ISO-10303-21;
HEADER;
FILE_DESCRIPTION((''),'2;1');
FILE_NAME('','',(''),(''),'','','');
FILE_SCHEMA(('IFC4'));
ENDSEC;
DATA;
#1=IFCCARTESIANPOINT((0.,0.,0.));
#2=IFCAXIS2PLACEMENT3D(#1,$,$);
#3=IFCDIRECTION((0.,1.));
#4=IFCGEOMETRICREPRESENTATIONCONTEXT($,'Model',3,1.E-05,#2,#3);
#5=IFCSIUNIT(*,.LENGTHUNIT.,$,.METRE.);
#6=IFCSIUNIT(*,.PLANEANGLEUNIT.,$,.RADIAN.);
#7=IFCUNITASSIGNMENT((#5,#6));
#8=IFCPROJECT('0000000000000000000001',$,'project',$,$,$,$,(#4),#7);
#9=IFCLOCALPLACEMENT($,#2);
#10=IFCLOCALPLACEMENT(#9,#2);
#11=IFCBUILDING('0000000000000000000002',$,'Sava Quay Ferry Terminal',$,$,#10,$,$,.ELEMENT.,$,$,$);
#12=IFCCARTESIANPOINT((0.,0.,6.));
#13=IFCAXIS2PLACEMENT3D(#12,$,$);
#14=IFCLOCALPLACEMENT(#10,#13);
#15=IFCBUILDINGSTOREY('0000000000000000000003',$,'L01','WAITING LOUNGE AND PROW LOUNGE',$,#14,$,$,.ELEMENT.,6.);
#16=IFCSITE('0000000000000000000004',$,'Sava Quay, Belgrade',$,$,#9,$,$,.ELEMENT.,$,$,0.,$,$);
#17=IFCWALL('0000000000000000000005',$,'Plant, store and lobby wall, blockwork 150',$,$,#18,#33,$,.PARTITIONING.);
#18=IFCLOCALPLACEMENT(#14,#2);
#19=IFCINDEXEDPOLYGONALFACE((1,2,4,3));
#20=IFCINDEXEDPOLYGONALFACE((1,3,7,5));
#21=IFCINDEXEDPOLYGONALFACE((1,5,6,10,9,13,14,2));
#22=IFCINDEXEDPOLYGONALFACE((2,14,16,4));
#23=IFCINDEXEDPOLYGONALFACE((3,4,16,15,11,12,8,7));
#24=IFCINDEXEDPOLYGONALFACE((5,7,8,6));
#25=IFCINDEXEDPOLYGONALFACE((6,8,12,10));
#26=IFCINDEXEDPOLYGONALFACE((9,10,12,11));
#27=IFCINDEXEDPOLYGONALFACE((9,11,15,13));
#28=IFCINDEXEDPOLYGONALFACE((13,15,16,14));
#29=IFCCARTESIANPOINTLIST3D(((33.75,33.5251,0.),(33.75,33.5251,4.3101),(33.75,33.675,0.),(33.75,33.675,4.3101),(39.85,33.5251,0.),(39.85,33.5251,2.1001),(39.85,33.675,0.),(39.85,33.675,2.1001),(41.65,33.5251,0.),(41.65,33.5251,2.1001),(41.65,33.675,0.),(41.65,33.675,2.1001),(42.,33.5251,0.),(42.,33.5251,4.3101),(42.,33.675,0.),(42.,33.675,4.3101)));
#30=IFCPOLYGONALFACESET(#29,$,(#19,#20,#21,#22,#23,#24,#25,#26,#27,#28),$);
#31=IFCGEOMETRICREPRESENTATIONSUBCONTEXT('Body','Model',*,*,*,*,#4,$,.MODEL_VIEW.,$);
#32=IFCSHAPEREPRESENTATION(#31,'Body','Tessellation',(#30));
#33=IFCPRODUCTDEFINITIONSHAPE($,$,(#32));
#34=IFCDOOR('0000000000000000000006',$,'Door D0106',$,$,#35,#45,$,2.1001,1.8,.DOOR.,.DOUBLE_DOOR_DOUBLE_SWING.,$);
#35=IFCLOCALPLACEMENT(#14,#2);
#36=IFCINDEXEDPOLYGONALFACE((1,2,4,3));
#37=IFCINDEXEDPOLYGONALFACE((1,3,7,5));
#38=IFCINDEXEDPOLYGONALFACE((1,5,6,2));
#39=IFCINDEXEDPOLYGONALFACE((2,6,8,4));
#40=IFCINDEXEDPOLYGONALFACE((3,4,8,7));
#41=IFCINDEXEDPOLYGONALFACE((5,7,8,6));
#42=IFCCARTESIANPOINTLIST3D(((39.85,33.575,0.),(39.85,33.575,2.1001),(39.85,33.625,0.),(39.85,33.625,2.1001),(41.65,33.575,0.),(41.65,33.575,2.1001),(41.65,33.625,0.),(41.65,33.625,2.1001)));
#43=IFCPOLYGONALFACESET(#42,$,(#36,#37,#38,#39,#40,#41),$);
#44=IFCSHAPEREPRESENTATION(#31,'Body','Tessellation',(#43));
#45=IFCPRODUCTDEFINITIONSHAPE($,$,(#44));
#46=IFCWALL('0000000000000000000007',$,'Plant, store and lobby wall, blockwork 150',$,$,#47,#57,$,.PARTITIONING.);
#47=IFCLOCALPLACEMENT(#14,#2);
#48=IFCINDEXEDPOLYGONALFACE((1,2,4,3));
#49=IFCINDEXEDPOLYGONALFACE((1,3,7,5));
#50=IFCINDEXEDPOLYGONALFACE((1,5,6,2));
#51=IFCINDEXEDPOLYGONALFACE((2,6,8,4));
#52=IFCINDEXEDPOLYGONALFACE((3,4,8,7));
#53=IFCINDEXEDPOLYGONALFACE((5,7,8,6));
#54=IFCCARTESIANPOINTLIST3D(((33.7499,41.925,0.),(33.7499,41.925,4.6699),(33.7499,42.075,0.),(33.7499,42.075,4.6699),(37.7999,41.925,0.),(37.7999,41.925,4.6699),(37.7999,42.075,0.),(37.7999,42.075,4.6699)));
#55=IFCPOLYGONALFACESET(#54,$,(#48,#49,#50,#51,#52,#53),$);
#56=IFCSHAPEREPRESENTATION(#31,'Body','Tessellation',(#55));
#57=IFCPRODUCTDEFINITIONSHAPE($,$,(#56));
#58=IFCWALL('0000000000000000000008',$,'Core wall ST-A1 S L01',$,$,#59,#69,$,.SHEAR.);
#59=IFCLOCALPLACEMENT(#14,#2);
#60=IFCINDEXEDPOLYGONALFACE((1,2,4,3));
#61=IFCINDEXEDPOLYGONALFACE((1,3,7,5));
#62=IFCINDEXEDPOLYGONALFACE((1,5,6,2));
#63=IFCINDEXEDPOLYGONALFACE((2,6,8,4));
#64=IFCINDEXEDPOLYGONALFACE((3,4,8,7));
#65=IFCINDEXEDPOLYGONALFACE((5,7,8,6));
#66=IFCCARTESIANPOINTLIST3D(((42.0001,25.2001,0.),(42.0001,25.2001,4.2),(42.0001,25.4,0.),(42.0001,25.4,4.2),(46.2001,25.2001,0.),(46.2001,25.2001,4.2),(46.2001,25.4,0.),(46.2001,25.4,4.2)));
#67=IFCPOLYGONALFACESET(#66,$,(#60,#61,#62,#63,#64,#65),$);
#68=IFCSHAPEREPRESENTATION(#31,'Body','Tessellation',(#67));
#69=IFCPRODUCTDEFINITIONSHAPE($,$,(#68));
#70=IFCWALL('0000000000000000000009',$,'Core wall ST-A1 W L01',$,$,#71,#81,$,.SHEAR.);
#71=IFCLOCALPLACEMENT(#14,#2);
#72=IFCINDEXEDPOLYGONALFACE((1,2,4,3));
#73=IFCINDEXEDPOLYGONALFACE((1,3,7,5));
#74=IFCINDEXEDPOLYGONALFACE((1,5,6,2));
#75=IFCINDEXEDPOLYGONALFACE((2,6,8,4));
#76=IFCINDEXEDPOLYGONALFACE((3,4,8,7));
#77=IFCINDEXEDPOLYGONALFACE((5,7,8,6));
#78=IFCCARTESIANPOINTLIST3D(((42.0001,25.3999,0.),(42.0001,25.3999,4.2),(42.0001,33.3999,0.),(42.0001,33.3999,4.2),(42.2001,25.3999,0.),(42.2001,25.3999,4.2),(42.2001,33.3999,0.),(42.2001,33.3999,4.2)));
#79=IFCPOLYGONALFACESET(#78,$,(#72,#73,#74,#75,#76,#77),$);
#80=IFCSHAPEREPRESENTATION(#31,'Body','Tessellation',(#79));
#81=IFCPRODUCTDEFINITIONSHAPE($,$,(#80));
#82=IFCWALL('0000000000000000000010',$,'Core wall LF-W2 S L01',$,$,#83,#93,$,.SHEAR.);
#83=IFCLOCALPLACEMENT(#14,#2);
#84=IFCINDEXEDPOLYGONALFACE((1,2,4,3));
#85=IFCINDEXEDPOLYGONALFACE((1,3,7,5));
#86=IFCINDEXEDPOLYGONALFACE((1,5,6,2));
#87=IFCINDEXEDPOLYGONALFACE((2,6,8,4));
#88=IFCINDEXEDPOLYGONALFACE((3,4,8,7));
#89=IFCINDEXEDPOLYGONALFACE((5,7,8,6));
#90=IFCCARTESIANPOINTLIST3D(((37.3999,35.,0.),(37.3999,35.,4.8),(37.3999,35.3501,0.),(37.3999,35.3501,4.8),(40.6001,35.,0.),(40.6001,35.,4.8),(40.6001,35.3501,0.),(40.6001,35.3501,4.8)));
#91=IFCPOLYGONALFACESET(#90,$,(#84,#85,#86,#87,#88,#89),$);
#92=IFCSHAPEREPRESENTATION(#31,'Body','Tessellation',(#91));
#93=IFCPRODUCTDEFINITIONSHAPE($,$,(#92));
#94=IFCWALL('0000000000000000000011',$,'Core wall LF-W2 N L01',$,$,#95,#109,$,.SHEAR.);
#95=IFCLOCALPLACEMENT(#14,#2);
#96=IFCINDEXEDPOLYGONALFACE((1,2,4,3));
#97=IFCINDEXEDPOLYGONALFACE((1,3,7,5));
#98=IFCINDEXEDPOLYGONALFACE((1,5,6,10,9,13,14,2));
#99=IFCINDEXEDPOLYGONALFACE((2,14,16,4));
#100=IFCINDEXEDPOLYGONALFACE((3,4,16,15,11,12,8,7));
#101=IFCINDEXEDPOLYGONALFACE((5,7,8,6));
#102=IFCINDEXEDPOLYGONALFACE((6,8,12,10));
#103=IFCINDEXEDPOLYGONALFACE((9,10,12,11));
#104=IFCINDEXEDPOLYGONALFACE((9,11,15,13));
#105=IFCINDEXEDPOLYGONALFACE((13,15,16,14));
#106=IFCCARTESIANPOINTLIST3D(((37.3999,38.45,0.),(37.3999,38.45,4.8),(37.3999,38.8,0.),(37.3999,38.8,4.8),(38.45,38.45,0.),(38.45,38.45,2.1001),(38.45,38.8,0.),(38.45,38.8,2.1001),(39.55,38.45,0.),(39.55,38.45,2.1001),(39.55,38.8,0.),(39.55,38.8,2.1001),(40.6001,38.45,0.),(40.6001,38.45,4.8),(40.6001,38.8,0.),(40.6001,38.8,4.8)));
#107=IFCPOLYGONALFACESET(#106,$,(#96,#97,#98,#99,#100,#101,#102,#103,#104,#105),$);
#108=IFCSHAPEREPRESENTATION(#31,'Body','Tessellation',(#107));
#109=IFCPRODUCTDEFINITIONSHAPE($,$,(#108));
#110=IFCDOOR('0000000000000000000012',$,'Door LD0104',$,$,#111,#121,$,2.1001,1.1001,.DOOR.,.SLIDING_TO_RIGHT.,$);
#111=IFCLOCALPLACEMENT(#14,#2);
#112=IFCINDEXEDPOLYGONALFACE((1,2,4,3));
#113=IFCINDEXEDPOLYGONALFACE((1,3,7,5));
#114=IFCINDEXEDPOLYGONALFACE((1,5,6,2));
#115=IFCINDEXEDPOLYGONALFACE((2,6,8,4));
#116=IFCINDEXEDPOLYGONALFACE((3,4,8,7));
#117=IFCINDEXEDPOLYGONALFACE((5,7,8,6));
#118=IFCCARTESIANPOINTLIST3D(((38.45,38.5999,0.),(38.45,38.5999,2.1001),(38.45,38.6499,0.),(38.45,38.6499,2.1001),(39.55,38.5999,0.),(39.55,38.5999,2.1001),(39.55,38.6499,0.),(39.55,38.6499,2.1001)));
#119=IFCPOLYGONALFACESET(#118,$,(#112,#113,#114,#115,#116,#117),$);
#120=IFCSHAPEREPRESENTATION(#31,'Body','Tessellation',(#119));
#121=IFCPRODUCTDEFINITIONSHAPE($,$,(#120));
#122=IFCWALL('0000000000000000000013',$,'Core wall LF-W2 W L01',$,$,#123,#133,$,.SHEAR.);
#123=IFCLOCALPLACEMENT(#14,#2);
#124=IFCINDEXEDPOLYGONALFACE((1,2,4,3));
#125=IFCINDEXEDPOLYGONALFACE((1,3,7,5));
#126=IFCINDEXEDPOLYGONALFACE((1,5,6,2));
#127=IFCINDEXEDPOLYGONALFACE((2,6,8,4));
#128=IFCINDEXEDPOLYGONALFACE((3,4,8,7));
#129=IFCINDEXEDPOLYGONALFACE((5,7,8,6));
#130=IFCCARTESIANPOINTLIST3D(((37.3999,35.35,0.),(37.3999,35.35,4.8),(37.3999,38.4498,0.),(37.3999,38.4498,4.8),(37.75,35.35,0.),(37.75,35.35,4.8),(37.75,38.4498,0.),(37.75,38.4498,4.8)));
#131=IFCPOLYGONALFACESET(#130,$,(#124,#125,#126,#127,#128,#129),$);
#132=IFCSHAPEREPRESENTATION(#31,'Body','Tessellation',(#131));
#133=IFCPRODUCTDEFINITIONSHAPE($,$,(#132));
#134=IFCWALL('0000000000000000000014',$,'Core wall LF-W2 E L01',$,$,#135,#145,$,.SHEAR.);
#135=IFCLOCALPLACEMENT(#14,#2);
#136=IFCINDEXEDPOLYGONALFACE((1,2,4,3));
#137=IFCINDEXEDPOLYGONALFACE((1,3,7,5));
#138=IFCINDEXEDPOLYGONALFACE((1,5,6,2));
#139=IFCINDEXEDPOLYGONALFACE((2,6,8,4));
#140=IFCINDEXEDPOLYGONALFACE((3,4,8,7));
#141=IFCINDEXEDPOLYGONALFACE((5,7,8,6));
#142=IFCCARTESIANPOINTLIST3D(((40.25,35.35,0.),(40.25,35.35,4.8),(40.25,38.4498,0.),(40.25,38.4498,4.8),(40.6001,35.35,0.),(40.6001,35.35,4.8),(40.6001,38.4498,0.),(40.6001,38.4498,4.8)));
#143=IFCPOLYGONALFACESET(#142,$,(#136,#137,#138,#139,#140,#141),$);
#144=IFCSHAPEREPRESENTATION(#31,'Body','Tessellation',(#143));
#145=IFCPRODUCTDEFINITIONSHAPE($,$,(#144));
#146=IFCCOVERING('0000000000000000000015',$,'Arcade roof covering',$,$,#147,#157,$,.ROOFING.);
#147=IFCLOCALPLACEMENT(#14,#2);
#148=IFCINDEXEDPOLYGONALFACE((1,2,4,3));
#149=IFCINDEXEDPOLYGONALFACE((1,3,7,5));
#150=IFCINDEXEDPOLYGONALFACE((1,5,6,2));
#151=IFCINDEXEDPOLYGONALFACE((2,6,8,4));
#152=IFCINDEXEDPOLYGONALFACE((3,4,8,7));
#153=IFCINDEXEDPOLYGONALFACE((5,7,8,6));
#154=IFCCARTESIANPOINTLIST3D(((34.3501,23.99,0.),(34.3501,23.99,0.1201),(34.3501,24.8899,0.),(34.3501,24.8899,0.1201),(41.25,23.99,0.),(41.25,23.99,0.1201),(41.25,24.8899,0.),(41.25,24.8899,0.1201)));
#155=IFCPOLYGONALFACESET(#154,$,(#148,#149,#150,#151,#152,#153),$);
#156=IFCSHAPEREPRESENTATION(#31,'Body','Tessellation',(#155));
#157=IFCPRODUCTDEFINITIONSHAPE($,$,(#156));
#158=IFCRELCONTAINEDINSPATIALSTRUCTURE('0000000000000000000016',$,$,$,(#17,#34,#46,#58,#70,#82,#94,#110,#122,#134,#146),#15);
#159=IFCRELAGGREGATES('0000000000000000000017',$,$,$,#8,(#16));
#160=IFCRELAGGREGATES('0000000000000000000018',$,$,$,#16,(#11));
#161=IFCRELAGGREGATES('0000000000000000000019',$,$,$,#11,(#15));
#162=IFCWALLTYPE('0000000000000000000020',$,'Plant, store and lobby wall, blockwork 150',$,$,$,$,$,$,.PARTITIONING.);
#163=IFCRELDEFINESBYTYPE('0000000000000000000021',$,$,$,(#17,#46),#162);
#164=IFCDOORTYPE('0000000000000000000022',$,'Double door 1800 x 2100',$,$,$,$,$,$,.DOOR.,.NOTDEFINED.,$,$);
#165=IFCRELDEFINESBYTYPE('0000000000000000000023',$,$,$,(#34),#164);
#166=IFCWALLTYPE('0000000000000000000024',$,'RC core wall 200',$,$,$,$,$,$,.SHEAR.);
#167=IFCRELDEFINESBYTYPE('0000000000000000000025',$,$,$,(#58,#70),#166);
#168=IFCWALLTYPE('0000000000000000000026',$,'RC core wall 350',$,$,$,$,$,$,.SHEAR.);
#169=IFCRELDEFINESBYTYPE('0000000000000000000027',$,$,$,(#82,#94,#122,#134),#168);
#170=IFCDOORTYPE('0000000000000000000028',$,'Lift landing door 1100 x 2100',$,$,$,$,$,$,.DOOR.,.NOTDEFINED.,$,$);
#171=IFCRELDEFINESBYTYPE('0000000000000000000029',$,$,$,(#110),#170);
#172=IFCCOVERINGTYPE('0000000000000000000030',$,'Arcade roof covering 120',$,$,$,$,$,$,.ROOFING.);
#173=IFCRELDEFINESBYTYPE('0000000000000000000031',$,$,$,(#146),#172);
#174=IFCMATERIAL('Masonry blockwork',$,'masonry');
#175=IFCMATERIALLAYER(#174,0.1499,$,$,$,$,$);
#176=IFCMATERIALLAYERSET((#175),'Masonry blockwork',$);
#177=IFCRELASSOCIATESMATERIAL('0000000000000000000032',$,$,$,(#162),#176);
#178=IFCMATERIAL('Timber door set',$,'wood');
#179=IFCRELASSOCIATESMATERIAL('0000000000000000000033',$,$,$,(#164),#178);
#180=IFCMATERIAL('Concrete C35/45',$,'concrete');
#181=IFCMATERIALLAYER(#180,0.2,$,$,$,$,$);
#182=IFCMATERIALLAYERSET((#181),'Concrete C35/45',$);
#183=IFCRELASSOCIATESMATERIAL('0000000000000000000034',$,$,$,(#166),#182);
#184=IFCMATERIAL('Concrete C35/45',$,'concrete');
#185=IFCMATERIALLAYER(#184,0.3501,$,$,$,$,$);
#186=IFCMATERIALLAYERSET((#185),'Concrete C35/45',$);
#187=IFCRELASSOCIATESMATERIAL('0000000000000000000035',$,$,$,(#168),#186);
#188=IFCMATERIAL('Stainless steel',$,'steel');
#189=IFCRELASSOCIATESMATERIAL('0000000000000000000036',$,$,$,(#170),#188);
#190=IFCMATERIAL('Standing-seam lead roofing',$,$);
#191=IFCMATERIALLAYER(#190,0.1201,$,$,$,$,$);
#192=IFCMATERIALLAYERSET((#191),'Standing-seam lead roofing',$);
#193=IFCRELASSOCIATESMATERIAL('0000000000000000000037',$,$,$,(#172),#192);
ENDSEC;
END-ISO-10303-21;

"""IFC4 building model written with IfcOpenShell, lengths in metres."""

from ifc_helpers import new_model, si_unit, direction, frame, frame_2d, origin, origin_2d, place, context, subcontext, project, spatial, rectangle, extrude, material, layer, layer_set, type_object, element, fill, save


model = new_model("IFC4")

# Units and contexts
model_context = context("Model", 3, precision=1e-05, world=origin(), true_north=direction((0.0, 1.0)))
body_context = subcontext(model_context, "Body", "Model", "MODEL_VIEW")
ifc_project = project(units=[si_unit("LENGTHUNIT", "METRE"), si_unit("PLANEANGLEUNIT", "RADIAN")], contexts=[model_context])

# Site, building, storey
site_placement = place(None, origin())
site = spatial("IfcSite", under=ifc_project, at=site_placement, Name="Sava Quay, Belgrade", CompositionType="ELEMENT", RefElevation=0.0)
building_placement = place(site_placement, origin())
building = spatial("IfcBuilding", under=site, at=building_placement, Name="Sava Quay Ferry Terminal", CompositionType="ELEMENT")
storey_placement = place(building_placement, frame((0.0, 0.0, 6.0)))
storey = spatial("IfcBuildingStorey", under=building, at=storey_placement, Name="L01", Description="WAITING LOUNGE AND PROW LOUNGE", CompositionType="ELEMENT", Elevation=6.0)

# Wall, opening, door
ifc_material_1 = material(Name="Masonry blockwork", Category="masonry")
ifc_layer_1 = layer(ifc_material_1, 0.1499)
ifc_layer_set_1 = layer_set([ifc_layer_1], Name="Masonry blockwork")
wall_type_1 = type_object("IfcWallType", Name="Plant, store and lobby wall, blockwork 150", PredefinedType="PARTITIONING", material=ifc_layer_set_1)
ifc_material_2 = material(Name="Timber door set", Category="wood")
door_type_1 = type_object("IfcDoorType", Name="Double door 1800 x 2100", OperationType="NOTDEFINED", PredefinedType="DOOR", material=ifc_material_2)
wall_1_placement = place(storey_placement, frame((33.75, 33.6001, 0.0), z_axis=(0.0, 0.0, 1.0), x_axis=(1.0, 0.0, 0.0)))
wall_1 = element("IfcWall", 1, at=wall_1_placement, inside=storey, type_object=wall_type_1, Name="Plant, store and lobby wall, blockwork 150", PredefinedType="PARTITIONING", context=body_context, shape_type="SweptSolid", body=[
    extrude(rectangle(XDim=8.25, YDim=0.1499, at=frame_2d((4.125, 0.0))), origin(), (0.0, 0.0, 1.0), 4.3101),
])
opening_1_placement = place(wall_1_placement, frame((6.1001, 0.0, 0.0)))
opening_1 = element("IfcOpeningElement", 2, at=opening_1_placement, cuts=wall_1, PredefinedType="OPENING", context=body_context, shape_type="SweptSolid", body=[
    extrude(rectangle(XDim=1.8, YDim=2.1001, at=frame_2d((0.8999, 1.05))), frame((0.0, 0.075, 0.0), z_axis=(0.0, -1.0, 0.0), x_axis=(1.0, 0.0, 0.0)), (0.0, 0.0, 1.0), 0.1499),
])
door_1_placement = place(opening_1_placement, origin())
door_1 = element("IfcDoor", 3, at=door_1_placement, inside=storey, type_object=door_type_1, Name="Door D0106", OperationType="DOUBLE_DOOR_DOUBLE_SWING", OverallHeight=2.1001, OverallWidth=1.8, PredefinedType="DOOR", context=body_context, shape_type="SweptSolid", body=[
    extrude(rectangle(XDim=1.8, YDim=2.1001, at=frame_2d((0.8999, 1.05))), frame((0.0, 0.0249, 0.0), z_axis=(0.0, -1.0, 0.0), x_axis=(1.0, 0.0, 0.0)), (0.0, 0.0, 1.0), 0.05),
])
fill(opening_1, door_1)

# Walls
wall_2_placement = place(storey_placement, frame((33.75, 42.0, 0.0), z_axis=(0.0, 0.0, 1.0), x_axis=(1.0, 0.0, 0.0)))
element("IfcWall", 4, at=wall_2_placement, inside=storey, type_object=wall_type_1, Name="Plant, store and lobby wall, blockwork 150", PredefinedType="PARTITIONING", context=body_context, shape_type="SweptSolid", body=[
    extrude(rectangle(XDim=4.05, YDim=0.1499, at=frame_2d((2.0249, 0.0))), origin(), (0.0, 0.0, 1.0), 4.6699),
])
ifc_material_3 = material(Name="Concrete C35/45", Category="concrete")
ifc_layer_2 = layer(ifc_material_3, 0.2)
ifc_layer_set_2 = layer_set([ifc_layer_2], Name="Concrete C35/45")
wall_type_2 = type_object("IfcWallType", Name="RC core wall 200", PredefinedType="SHEAR", material=ifc_layer_set_2)
wall_3_placement = place(storey_placement, frame((42.0, 25.3, 0.0), z_axis=(0.0, 0.0, 1.0), x_axis=(1.0, 0.0, 0.0)))
element("IfcWall", 5, at=wall_3_placement, inside=storey, type_object=wall_type_2, Name="Core wall ST-A1 S L01", PredefinedType="SHEAR", context=body_context, shape_type="SweptSolid", body=[
    extrude(rectangle(XDim=4.2, YDim=0.2, at=frame_2d((2.1001, 0.0))), origin(), (0.0, 0.0, 1.0), 4.2),
])

# Walls
wall_4_placement = place(storey_placement, frame((42.1001, 25.3999, 0.0), z_axis=(0.0, 0.0, 1.0), x_axis=(0.0, 1.0, 0.0)))
element("IfcWall", 6, at=wall_4_placement, inside=storey, type_object=wall_type_2, Name="Core wall ST-A1 W L01", PredefinedType="SHEAR", context=body_context, shape_type="SweptSolid", body=[
    extrude(rectangle(XDim=8.0, YDim=0.2, at=frame_2d((4.0, 0.0))), origin(), (0.0, 0.0, 1.0), 4.2),
])
ifc_material_4 = material(Name="Concrete C35/45", Category="concrete")
ifc_layer_3 = layer(ifc_material_4, 0.3501)
ifc_layer_set_3 = layer_set([ifc_layer_3], Name="Concrete C35/45")
wall_type_3 = type_object("IfcWallType", Name="RC core wall 350", PredefinedType="SHEAR", material=ifc_layer_set_3)
wall_5_placement = place(storey_placement, frame((37.3999, 35.175, 0.0), z_axis=(0.0, 0.0, 1.0), x_axis=(1.0, 0.0, 0.0)))
element("IfcWall", 7, at=wall_5_placement, inside=storey, type_object=wall_type_3, Name="Core wall LF-W2 S L01", PredefinedType="SHEAR", context=body_context, shape_type="SweptSolid", body=[
    extrude(rectangle(XDim=3.2002, YDim=0.3501, at=frame_2d((1.6001, 0.0))), origin(), (0.0, 0.0, 1.0), 4.8),
])

# Wall, opening, door
wall_6_placement = place(storey_placement, frame((37.3999, 38.625, 0.0), z_axis=(0.0, 0.0, 1.0), x_axis=(1.0, 0.0, 0.0)))
wall_6 = element("IfcWall", 8, at=wall_6_placement, inside=storey, type_object=wall_type_3, Name="Core wall LF-W2 N L01", PredefinedType="SHEAR", context=body_context, shape_type="SweptSolid", body=[
    extrude(rectangle(XDim=3.2002, YDim=0.3501, at=frame_2d((1.6001, 0.0))), origin(), (0.0, 0.0, 1.0), 4.8),
])
opening_2_placement = place(wall_6_placement, frame((1.05, 0.0, 0.0)))
opening_2 = element("IfcOpeningElement", 9, at=opening_2_placement, cuts=wall_6, PredefinedType="OPENING", context=body_context, shape_type="SweptSolid", body=[
    extrude(rectangle(XDim=1.1001, YDim=2.1001, at=frame_2d((0.55, 1.05))), frame((0.0, 0.175, 0.0), z_axis=(0.0, -1.0, 0.0), x_axis=(1.0, 0.0, 0.0)), (0.0, 0.0, 1.0), 0.3501),
])
ifc_material_5 = material(Name="Stainless steel", Category="steel")
door_type_2 = type_object("IfcDoorType", Name="Lift landing door 1100 x 2100", OperationType="NOTDEFINED", PredefinedType="DOOR", material=ifc_material_5)
door_2_placement = place(opening_2_placement, origin())
door_2 = element("IfcDoor", 10, at=door_2_placement, inside=storey, type_object=door_type_2, Name="Door LD0104", OperationType="SLIDING_TO_RIGHT", OverallHeight=2.1001, OverallWidth=1.1001, PredefinedType="DOOR", context=body_context, shape_type="SweptSolid", body=[
    extrude(rectangle(XDim=1.1001, YDim=2.1001, at=frame_2d((0.55, 1.05))), frame((0.0, 0.0249, 0.0), z_axis=(0.0, -1.0, 0.0), x_axis=(1.0, 0.0, 0.0)), (0.0, 0.0, 1.0), 0.05),
])
fill(opening_2, door_2)

# Walls
for number, where, z_axis, x_axis, name in (
    (11, (37.575, 35.3501, 0.0), (0.0, 0.0, 1.0), (0.0, 1.0, 0.0), "Core wall LF-W2 W L01"),
    (12, (40.425, 35.3501, 0.0), (0.0, 0.0, 1.0), (0.0, 1.0, 0.0), "Core wall LF-W2 E L01"),
):
    element("IfcWall", number, at=place(storey_placement, frame(where, z_axis=z_axis, x_axis=x_axis)), inside=storey, type_object=wall_type_3, Name=name, PredefinedType="SHEAR", context=body_context, shape_type="SweptSolid", body=[
        extrude(rectangle(XDim=3.0999, YDim=0.3501, at=frame_2d((1.5498, 0.0))), origin(), (0.0, 0.0, 1.0), 4.8),
    ])

# Covering
ifc_material_6 = material(Name="Standing-seam lead roofing")
ifc_layer_4 = layer(ifc_material_6, 0.1201)
ifc_layer_set_4 = layer_set([ifc_layer_4], Name="Standing-seam lead roofing")
covering_type = type_object("IfcCoveringType", Name="Arcade roof covering 120", PredefinedType="ROOFING", material=ifc_layer_set_4)
covering_placement = place(storey_placement, frame((37.8, 24.4399, 0.0), z_axis=(0.0, 0.0, 1.0), x_axis=(1.0, 0.0, 0.0)))
element("IfcCovering", 13, at=covering_placement, inside=storey, type_object=covering_type, Name="Arcade roof covering", PredefinedType="ROOFING", context=body_context, shape_type="SweptSolid", body=[
    extrude(rectangle(XDim=6.8999, YDim=0.8999, at=origin_2d()), origin(), (0.0, 0.0, 1.0), 0.1201),
])

save(model, "model.ifc")
